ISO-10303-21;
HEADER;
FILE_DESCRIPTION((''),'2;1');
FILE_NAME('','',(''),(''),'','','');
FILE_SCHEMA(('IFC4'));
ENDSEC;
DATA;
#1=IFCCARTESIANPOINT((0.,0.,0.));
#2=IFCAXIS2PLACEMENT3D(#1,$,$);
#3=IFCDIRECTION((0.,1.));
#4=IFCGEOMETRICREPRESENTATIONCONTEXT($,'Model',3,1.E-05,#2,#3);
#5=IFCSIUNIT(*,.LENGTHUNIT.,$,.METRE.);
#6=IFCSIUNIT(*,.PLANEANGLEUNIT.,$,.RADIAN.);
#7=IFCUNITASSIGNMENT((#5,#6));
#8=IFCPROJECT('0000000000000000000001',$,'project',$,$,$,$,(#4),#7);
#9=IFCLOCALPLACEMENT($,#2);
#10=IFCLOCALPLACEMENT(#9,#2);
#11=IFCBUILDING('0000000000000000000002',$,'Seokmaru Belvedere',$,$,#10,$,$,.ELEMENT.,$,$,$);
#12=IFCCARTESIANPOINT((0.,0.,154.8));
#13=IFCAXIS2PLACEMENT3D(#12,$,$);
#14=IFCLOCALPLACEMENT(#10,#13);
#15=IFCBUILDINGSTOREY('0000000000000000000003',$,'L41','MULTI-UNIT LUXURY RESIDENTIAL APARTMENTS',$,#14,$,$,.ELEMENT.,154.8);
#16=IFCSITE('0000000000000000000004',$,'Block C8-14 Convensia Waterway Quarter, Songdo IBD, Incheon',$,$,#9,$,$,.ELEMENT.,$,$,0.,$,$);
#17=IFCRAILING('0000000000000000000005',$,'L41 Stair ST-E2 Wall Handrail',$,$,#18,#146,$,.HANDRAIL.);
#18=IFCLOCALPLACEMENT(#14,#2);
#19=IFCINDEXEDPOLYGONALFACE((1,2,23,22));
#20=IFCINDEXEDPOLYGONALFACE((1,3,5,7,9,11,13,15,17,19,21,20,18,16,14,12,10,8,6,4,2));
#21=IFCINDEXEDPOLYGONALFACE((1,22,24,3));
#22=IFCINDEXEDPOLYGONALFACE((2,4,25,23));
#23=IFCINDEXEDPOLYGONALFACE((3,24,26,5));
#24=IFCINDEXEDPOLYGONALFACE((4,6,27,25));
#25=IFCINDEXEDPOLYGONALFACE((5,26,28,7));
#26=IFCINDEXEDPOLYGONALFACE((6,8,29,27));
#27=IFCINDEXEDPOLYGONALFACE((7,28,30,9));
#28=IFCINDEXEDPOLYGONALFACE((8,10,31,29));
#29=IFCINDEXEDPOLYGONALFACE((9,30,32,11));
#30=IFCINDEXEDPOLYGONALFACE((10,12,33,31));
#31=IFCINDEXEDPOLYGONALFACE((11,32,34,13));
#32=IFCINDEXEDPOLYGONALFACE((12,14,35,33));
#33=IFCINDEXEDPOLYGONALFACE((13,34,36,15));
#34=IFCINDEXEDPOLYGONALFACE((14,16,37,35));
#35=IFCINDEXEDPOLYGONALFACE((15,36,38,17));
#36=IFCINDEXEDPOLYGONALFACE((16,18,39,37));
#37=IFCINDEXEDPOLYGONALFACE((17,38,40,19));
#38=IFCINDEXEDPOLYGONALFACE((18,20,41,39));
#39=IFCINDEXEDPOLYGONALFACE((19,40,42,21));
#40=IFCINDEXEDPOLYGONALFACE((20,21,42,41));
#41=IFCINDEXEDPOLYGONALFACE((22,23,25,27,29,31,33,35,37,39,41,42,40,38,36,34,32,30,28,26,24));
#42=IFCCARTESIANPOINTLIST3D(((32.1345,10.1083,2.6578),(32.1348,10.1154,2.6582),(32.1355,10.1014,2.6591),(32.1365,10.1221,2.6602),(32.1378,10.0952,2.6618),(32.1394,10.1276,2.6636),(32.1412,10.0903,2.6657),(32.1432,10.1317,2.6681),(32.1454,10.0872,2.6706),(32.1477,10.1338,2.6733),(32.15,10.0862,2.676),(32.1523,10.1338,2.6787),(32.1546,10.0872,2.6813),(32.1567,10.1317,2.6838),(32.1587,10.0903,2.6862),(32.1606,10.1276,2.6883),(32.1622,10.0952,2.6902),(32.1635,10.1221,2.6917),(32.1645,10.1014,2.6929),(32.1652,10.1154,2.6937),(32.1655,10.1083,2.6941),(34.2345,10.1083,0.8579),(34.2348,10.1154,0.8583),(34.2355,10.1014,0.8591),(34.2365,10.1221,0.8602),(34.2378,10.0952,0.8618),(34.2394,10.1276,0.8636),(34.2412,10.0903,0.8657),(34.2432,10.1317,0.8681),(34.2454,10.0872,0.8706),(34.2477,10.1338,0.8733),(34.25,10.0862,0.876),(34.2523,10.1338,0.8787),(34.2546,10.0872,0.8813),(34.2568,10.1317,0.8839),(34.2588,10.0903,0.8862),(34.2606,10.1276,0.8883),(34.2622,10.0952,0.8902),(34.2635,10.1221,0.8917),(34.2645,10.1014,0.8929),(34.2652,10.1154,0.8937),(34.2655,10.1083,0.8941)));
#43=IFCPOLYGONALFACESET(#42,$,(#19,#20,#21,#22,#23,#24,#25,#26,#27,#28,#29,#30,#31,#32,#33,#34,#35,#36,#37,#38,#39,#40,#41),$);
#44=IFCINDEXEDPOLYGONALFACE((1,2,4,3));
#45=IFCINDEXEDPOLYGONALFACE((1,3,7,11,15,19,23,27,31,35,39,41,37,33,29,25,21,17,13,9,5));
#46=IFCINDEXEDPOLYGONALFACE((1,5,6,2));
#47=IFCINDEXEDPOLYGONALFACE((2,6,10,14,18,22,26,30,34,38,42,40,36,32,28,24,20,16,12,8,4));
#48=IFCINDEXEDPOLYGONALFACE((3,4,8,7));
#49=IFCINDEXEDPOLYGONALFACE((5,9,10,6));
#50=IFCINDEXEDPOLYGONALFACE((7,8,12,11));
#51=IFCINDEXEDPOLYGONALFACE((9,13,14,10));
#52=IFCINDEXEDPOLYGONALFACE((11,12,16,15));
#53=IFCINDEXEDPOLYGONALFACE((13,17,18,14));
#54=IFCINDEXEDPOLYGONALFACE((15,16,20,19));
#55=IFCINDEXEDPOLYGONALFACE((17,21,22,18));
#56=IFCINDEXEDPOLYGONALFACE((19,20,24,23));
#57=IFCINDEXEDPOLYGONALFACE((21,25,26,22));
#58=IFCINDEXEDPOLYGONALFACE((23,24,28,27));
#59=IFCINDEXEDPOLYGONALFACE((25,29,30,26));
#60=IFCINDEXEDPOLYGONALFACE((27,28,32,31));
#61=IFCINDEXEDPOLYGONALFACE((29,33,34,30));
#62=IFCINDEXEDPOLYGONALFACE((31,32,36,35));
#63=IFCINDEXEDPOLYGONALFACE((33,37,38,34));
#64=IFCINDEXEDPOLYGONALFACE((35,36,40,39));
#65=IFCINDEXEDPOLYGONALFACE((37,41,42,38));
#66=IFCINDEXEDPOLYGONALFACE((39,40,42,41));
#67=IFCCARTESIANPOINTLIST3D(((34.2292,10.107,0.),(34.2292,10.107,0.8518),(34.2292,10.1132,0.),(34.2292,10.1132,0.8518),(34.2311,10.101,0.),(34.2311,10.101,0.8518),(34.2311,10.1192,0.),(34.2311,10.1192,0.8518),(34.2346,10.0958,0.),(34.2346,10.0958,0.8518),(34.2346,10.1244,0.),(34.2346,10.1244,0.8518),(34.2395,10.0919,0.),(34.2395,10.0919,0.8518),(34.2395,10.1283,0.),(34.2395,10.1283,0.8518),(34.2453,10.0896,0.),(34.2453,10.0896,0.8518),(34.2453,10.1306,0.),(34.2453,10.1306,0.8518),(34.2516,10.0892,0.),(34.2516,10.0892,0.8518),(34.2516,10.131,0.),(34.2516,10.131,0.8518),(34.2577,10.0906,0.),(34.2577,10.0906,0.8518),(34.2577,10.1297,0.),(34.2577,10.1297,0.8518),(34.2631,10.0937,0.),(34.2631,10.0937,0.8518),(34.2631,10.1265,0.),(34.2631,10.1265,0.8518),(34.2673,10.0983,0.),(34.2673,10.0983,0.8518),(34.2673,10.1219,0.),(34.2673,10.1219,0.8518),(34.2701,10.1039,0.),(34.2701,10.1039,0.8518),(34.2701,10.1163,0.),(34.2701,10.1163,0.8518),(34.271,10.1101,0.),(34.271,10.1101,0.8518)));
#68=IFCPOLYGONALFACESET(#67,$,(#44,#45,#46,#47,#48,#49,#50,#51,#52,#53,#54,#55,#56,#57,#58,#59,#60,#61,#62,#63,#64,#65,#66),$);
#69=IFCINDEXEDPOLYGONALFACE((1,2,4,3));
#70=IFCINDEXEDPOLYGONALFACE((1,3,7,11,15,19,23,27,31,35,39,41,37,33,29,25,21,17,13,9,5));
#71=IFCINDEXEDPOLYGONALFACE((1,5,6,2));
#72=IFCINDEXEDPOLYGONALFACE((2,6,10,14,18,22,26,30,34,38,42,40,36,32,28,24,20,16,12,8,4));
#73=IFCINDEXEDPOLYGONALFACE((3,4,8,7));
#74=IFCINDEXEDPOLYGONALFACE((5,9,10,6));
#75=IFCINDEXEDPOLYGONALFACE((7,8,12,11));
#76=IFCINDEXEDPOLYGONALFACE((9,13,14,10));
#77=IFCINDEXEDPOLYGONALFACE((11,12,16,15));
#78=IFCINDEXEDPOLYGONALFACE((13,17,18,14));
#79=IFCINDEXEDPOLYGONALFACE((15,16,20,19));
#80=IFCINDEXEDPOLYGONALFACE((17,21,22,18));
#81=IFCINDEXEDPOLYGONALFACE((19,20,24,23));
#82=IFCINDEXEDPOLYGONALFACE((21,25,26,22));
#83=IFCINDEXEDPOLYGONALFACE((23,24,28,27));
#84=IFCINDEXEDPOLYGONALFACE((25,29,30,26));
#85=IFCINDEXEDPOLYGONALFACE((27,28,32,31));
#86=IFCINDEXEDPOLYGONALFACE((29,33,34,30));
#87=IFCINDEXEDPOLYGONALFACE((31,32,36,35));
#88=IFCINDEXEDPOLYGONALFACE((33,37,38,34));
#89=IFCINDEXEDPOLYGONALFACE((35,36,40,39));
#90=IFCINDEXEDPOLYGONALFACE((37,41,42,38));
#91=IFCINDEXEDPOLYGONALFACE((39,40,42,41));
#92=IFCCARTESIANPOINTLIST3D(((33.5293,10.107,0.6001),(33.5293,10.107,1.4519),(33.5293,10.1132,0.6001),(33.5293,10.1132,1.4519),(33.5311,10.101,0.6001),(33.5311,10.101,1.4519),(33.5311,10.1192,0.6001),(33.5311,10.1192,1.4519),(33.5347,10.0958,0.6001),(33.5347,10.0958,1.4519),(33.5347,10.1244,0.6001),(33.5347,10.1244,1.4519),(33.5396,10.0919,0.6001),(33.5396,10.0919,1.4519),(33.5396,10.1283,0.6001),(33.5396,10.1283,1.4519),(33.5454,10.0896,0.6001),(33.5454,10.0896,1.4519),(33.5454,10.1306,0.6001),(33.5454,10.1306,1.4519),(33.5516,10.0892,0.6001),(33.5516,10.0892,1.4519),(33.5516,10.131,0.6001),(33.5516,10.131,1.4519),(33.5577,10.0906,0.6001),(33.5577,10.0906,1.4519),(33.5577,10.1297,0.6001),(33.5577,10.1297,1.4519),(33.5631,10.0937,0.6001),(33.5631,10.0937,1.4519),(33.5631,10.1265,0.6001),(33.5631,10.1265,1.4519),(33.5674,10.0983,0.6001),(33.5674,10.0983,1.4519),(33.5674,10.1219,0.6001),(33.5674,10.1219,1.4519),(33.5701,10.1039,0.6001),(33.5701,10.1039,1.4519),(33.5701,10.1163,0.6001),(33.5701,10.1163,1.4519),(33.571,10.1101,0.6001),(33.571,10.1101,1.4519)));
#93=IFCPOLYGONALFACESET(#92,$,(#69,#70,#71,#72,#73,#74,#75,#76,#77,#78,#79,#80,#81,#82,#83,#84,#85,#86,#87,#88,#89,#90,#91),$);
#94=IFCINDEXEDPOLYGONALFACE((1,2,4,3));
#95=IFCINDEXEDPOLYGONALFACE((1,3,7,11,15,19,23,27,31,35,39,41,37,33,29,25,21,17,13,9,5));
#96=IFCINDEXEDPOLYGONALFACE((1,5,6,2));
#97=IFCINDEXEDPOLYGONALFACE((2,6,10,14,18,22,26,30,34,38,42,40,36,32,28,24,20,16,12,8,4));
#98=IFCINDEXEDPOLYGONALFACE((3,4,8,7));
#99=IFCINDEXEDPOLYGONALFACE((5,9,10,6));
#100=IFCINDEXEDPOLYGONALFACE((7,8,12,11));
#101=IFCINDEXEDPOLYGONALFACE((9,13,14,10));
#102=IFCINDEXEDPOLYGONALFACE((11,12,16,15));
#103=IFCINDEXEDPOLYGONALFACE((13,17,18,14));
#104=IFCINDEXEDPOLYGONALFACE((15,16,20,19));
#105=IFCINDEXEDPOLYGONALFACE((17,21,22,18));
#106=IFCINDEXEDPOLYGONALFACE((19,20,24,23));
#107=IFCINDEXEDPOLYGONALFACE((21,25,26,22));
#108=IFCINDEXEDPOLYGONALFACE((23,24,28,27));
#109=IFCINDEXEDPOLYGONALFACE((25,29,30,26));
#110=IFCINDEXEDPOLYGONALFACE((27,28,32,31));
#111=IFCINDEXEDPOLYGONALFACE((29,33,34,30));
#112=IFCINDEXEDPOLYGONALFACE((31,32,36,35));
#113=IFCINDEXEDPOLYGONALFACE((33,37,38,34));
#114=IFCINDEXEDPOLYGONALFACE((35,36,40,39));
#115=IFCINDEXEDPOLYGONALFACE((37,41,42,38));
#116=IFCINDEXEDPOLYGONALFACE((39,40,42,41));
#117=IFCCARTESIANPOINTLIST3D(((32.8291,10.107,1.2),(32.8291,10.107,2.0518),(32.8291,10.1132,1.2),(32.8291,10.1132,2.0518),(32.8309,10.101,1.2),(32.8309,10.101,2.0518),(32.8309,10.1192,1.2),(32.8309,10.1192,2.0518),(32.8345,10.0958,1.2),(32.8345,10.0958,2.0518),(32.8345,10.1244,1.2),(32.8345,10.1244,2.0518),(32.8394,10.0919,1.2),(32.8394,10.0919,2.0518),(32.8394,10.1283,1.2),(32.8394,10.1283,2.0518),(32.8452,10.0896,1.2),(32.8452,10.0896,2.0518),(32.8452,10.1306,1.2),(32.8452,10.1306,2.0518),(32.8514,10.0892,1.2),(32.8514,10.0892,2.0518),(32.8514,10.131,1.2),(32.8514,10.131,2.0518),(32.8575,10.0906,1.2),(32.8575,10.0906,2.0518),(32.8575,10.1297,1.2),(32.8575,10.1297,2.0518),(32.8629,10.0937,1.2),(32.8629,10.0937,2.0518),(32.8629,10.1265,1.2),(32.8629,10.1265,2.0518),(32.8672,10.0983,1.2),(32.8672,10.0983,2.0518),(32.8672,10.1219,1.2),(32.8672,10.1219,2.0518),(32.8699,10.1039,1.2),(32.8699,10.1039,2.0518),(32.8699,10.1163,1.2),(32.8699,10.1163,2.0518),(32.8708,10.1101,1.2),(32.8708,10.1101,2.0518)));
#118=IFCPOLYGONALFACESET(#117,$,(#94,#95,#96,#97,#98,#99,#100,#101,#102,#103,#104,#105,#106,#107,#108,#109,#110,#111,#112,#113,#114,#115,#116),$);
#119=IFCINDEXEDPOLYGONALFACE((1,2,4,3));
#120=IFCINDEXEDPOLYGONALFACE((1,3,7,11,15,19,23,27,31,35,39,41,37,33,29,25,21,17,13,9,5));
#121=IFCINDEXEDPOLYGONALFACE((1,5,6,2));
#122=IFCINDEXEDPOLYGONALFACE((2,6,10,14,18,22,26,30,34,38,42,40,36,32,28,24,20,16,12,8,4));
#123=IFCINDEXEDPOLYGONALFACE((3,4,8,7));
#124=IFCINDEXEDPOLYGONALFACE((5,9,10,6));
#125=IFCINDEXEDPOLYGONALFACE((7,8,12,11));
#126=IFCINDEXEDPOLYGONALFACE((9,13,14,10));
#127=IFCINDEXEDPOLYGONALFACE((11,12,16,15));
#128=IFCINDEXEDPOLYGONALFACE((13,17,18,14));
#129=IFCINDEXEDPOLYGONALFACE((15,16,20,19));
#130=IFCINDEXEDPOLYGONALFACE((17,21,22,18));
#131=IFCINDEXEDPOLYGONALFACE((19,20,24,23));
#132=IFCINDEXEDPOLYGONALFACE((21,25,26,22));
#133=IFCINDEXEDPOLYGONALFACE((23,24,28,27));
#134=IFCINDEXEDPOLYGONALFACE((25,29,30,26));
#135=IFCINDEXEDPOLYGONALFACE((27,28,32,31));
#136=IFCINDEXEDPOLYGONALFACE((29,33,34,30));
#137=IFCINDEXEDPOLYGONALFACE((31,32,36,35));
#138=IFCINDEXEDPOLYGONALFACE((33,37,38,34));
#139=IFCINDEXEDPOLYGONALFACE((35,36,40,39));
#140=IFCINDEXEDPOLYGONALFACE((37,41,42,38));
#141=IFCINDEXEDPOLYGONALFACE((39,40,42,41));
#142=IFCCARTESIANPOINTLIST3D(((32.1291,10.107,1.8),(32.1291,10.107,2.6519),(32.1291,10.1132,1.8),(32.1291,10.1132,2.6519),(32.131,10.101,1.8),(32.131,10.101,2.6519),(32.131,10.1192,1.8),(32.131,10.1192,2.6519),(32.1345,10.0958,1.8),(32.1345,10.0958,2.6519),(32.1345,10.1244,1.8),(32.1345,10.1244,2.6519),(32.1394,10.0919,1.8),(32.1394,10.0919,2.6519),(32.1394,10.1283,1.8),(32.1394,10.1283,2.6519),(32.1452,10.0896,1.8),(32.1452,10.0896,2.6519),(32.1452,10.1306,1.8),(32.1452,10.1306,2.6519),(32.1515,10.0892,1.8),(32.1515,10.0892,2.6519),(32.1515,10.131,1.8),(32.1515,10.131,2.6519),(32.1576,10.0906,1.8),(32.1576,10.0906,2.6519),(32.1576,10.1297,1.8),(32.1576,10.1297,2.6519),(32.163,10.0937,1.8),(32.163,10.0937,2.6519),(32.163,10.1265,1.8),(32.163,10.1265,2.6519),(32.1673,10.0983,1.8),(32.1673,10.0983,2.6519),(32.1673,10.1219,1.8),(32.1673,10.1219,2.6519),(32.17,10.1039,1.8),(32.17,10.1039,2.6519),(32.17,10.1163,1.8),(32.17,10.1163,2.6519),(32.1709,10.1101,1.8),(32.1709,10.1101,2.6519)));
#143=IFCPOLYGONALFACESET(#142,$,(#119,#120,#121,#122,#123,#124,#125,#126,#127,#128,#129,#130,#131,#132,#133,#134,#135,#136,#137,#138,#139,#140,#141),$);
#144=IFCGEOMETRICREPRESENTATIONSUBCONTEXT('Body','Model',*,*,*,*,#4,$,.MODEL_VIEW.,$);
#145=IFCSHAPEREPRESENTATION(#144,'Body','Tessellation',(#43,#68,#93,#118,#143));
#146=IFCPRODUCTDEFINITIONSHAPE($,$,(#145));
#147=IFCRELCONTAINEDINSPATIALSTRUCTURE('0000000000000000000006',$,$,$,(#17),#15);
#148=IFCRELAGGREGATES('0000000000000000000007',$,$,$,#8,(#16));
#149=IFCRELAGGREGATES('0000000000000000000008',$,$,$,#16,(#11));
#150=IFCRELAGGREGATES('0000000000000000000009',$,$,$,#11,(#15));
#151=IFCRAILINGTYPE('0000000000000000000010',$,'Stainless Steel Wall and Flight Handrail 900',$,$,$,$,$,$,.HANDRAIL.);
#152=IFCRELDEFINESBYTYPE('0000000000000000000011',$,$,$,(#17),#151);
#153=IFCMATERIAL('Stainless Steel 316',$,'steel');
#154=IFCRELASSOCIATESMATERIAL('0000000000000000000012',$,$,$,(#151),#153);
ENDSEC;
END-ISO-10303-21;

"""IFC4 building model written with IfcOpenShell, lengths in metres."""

from ifc_helpers import new_model, si_unit, direction, frame, origin, origin_2d, place, context, subcontext, project, spatial, circle, extrude, material, type_object, element, save


model = new_model("IFC4")

# Units and contexts
model_context = context("Model", 3, precision=1e-05, world=origin(), true_north=direction((0.0, 1.0)))
body_context = subcontext(model_context, "Body", "Model", "MODEL_VIEW")
ifc_project = project(units=[si_unit("LENGTHUNIT", "METRE"), si_unit("PLANEANGLEUNIT", "RADIAN")], contexts=[model_context])

# Site, building, storey
site_placement = place(None, origin())
site = spatial("IfcSite", under=ifc_project, at=site_placement, Name="Block C8-14 Convensia Waterway Quarter, Songdo IBD, Incheon", CompositionType="ELEMENT", RefElevation=0.0)
building_placement = place(site_placement, origin())
building = spatial("IfcBuilding", under=site, at=building_placement, Name="Seokmaru Belvedere", CompositionType="ELEMENT")
storey_placement = place(building_placement, frame((0.0, 0.0, 154.8)))
storey = spatial("IfcBuildingStorey", under=building, at=storey_placement, Name="L41", Description="MULTI-UNIT LUXURY RESIDENTIAL APARTMENTS", CompositionType="ELEMENT", Elevation=154.8)

# Shared definitions
ifc_material_1 = material(Name="Stainless Steel 316", Category="steel")

# Railing
railing_type_1 = type_object("IfcRailingType", Name="Stainless Steel Wall and Flight Handrail 900", PredefinedType="HANDRAIL", material=ifc_material_1)
railing_1_placement = place(storey_placement, frame((34.25, 10.1101, 0.0)))
element("IfcRailing", 1, at=railing_1_placement, inside=storey, type_object=railing_type_1, Name="L41 Stair ST-E2 Wall Handrail", PredefinedType="HANDRAIL", context=body_context, shape_type="SweptSolid", body=[
    extrude(circle(Radius=0.0239, at=origin_2d()), frame((0.0, 0.0, 0.876), z_axis=(-0.759263, 0.0, 0.650784), x_axis=(0.0, -1.0, 0.0)), (0.0, 0.0, 1.0), 2.7659),
    extrude(circle(Radius=0.021, at=origin_2d()), origin(), (0.0, 0.0, 1.0), 0.8518),
    extrude(circle(Radius=0.021, at=origin_2d()), frame((-0.7, 0.0, 0.6001)), (0.0, 0.0, 1.0), 0.8518),
    extrude(circle(Radius=0.021, at=origin_2d()), frame((-1.4001, 0.0, 1.2)), (0.0, 0.0, 1.0), 0.8518),
    extrude(circle(Radius=0.021, at=origin_2d()), frame((-2.1001, 0.0, 1.8)), (0.0, 0.0, 1.0), 0.8518),
])

save(model, "model.ifc")
